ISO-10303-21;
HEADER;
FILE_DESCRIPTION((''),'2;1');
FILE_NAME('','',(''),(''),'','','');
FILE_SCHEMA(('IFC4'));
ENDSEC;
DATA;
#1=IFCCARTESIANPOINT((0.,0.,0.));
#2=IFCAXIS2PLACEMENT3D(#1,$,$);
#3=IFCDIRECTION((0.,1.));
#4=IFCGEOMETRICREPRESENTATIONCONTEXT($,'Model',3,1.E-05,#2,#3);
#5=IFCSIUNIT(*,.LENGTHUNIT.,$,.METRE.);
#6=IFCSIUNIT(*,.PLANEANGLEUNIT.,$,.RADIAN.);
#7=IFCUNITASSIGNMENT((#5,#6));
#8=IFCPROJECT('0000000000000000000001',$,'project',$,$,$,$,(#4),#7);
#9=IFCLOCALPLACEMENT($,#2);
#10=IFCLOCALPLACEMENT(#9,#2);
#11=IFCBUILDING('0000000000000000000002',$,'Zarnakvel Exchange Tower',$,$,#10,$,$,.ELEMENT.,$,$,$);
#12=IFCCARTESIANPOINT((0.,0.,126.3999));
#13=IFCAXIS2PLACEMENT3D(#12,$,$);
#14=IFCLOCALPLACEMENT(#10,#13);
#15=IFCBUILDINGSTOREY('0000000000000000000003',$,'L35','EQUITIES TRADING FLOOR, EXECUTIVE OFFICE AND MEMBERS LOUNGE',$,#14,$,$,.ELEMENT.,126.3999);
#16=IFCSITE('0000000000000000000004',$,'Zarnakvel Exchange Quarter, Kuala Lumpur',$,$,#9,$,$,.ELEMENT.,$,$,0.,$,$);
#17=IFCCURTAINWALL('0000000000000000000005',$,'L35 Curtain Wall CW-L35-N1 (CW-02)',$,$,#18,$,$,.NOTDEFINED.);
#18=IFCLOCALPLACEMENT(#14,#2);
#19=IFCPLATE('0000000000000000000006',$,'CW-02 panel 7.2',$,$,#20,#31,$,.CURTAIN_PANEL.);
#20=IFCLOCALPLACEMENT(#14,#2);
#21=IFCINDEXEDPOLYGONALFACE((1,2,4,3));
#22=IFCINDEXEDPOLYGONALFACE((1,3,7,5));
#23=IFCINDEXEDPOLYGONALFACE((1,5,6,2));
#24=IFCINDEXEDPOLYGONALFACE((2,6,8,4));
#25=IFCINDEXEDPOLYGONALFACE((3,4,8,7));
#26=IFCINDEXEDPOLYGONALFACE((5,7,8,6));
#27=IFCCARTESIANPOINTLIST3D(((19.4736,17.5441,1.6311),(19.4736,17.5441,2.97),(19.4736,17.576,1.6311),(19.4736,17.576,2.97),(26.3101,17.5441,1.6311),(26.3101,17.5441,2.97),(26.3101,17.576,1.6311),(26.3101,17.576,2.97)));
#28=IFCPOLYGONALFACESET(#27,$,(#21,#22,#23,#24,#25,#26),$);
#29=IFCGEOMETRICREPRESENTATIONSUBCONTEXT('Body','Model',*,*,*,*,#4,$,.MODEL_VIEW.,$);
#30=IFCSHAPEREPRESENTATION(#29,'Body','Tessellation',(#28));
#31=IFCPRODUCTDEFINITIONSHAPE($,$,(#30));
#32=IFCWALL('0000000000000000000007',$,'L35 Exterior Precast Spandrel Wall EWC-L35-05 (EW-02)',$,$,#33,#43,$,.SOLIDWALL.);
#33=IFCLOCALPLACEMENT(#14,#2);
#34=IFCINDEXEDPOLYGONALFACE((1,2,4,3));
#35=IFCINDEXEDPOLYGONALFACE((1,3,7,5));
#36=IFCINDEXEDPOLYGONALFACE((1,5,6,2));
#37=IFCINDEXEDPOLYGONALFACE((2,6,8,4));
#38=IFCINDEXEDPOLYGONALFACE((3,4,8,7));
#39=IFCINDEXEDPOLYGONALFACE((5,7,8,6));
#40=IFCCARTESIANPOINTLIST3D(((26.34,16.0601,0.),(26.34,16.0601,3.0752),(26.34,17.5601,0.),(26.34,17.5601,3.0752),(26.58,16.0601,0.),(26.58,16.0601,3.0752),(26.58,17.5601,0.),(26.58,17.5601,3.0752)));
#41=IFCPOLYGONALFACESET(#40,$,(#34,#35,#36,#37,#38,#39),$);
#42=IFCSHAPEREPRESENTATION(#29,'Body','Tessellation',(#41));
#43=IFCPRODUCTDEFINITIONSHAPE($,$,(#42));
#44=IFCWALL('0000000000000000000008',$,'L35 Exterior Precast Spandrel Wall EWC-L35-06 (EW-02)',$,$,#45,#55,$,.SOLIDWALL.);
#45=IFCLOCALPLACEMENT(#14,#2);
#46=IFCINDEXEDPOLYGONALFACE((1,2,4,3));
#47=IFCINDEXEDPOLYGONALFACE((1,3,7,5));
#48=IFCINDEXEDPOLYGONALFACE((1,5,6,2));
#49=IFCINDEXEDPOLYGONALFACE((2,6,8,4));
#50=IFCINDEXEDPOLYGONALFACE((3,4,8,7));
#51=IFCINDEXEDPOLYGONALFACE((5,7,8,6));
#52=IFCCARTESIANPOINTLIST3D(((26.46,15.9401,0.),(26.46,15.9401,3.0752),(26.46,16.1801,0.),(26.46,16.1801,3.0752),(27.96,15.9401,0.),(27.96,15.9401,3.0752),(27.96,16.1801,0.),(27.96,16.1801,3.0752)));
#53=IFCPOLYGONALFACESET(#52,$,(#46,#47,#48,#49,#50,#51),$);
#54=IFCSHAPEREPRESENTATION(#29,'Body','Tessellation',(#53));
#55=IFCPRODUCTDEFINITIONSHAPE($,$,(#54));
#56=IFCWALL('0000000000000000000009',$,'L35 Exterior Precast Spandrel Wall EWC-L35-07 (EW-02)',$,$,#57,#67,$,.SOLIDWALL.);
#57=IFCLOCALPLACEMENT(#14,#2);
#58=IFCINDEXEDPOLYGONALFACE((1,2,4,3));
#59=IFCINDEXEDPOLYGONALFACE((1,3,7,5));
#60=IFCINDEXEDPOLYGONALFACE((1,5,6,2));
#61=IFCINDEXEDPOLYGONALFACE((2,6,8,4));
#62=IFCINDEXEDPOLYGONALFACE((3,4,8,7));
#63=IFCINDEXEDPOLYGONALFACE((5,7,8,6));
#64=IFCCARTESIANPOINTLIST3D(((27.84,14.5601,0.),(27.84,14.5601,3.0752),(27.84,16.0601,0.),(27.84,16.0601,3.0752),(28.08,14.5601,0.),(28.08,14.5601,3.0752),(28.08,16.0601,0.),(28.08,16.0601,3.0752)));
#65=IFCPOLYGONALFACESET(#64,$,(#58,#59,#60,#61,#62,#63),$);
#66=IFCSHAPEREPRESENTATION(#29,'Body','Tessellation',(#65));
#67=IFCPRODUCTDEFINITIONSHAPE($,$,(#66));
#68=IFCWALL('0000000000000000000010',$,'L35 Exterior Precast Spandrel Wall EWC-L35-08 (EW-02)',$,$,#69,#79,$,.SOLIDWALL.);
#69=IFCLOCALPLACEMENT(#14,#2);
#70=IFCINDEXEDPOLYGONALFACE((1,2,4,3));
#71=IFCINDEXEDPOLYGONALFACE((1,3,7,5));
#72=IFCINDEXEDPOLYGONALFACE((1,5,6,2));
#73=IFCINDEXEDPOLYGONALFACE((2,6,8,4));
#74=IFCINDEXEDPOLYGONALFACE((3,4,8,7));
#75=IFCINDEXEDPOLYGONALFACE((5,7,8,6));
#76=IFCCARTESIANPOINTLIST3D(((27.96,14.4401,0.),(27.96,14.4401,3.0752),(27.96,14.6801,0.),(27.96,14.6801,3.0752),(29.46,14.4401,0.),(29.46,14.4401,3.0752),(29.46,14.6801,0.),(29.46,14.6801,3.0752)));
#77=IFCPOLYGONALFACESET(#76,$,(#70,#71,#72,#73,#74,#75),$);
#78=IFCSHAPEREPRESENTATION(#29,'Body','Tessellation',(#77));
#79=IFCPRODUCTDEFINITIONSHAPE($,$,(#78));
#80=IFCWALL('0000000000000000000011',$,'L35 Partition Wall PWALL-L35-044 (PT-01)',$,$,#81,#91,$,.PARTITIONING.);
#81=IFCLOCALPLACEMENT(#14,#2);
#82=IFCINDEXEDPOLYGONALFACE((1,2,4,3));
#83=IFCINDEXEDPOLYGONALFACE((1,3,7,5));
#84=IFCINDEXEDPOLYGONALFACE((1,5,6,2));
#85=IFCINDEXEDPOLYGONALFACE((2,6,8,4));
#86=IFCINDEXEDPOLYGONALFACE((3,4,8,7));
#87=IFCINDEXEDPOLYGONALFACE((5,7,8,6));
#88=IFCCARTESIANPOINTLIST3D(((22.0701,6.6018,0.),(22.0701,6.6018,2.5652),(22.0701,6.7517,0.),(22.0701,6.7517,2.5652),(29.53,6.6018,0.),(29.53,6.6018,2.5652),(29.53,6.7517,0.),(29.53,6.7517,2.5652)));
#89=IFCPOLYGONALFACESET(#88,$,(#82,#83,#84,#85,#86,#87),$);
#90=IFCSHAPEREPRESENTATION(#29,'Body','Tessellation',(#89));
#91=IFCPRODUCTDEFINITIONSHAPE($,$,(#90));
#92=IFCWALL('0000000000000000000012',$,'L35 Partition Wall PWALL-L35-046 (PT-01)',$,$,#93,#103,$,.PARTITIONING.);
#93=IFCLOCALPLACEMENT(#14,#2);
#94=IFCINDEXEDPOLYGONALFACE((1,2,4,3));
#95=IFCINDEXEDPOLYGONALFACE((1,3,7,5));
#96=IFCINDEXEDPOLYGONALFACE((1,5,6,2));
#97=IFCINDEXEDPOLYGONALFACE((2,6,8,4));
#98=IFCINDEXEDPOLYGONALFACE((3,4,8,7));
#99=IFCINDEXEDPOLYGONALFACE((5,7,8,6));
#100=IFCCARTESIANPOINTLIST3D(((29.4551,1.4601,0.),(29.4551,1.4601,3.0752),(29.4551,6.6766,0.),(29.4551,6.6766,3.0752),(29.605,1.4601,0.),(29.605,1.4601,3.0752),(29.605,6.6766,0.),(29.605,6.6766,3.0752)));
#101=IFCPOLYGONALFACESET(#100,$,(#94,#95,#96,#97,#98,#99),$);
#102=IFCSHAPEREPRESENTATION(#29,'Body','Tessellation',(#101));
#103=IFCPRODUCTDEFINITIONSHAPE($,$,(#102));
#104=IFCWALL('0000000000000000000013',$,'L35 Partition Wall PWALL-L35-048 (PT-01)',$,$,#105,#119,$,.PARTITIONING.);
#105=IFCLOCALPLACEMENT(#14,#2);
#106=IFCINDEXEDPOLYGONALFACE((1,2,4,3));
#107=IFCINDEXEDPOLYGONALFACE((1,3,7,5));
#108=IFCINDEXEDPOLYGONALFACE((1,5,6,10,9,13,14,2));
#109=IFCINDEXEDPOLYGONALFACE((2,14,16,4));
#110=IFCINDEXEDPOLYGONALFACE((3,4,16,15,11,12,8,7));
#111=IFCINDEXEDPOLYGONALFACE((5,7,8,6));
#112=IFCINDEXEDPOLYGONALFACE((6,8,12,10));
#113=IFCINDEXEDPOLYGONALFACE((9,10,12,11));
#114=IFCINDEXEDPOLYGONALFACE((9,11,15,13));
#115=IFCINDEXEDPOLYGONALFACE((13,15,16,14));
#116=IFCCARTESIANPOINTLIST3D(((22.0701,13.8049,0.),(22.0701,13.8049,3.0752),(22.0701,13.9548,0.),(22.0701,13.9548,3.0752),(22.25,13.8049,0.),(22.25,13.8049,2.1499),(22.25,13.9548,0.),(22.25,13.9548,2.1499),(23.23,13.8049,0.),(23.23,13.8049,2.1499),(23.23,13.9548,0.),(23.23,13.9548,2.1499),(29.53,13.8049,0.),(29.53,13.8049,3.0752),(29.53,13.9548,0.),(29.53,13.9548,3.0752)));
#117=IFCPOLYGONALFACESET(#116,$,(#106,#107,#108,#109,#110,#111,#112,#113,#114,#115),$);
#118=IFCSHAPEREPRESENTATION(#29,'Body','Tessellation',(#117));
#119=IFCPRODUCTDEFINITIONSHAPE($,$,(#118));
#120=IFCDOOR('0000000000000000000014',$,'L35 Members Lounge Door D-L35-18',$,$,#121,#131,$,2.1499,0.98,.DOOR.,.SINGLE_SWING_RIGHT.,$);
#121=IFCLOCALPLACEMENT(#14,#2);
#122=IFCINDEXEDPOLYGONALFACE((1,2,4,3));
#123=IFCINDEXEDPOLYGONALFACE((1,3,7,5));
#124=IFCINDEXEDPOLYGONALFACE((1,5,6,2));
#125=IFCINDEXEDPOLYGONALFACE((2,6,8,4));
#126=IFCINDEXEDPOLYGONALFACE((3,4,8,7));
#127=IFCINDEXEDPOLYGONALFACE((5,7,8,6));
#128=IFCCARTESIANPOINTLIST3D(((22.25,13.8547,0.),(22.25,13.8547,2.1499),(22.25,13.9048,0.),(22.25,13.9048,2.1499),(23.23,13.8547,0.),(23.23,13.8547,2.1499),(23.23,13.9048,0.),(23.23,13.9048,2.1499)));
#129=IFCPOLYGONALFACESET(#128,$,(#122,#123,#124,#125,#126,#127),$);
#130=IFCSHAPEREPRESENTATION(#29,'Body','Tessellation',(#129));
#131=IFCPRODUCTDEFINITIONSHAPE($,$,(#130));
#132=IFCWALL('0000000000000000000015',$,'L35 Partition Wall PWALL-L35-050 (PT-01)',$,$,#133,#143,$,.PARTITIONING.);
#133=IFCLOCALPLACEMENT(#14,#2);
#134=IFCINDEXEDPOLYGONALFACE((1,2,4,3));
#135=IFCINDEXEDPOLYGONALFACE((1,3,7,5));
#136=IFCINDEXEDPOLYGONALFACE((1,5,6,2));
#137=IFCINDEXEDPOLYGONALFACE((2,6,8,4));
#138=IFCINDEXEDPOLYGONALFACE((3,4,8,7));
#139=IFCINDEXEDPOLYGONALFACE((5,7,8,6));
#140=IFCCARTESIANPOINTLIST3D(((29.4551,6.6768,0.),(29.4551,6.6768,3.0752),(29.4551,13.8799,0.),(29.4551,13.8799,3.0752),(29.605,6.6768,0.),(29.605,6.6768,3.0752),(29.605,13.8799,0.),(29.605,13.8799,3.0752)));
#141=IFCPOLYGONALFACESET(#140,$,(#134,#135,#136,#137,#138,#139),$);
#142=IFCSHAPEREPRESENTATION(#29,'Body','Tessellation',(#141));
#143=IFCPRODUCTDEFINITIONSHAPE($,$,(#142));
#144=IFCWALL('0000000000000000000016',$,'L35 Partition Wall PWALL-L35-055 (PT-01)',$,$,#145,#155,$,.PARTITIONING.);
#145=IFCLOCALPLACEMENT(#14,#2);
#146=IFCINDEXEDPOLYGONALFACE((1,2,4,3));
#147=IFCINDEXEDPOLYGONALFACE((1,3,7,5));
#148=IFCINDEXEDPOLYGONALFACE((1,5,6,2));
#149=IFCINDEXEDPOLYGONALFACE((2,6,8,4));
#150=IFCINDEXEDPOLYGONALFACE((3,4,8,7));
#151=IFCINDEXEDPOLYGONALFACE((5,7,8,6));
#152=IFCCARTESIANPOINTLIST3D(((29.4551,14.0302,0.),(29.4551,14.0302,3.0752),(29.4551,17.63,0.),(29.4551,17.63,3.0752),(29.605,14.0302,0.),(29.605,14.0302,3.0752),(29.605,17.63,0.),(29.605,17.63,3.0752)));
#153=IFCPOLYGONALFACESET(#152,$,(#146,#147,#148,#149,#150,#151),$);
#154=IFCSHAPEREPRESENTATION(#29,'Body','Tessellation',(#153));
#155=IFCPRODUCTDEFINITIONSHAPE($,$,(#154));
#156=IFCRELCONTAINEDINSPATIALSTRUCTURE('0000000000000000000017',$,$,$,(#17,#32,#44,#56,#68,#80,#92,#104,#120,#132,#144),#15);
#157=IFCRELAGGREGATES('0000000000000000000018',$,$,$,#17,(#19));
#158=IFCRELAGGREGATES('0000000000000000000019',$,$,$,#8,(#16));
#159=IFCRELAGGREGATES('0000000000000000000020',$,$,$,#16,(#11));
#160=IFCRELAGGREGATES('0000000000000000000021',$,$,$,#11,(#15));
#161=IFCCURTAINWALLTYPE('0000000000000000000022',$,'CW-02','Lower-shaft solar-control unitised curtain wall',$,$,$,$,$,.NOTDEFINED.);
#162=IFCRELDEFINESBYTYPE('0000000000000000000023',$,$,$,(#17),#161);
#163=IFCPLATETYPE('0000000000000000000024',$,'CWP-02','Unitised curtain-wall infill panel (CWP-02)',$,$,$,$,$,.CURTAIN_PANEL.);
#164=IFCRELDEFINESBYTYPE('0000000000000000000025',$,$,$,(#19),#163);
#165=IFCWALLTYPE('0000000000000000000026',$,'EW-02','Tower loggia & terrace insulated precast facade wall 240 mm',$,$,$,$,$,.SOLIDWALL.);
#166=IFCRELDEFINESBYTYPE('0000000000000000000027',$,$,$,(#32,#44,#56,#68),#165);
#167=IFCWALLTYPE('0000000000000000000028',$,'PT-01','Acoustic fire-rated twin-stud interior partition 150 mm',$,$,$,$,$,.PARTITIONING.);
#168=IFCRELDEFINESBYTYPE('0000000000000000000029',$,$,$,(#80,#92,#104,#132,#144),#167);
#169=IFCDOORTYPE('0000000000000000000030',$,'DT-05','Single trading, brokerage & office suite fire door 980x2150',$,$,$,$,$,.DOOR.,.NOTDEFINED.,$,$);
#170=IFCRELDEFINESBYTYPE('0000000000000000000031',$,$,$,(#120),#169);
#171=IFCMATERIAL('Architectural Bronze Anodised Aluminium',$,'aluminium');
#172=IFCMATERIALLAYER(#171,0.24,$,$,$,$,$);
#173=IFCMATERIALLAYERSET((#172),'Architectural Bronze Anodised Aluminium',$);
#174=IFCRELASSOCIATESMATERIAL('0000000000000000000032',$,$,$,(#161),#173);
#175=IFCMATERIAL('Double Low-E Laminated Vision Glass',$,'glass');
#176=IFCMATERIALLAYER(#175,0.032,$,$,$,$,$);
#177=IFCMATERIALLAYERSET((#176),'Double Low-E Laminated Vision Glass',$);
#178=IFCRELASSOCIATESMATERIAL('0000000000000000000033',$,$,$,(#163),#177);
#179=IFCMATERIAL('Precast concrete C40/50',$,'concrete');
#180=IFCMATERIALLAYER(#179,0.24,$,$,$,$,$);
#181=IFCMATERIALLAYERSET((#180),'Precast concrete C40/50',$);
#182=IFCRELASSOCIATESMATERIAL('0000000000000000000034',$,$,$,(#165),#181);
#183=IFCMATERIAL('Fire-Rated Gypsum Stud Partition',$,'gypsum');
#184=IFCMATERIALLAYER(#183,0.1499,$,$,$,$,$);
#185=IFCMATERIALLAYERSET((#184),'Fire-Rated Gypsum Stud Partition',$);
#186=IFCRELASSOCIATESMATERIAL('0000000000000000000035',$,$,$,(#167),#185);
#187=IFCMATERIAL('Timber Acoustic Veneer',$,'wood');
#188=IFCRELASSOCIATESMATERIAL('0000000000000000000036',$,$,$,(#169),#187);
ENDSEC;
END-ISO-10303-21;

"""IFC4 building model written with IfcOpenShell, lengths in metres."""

from ifc_helpers import new_model, si_unit, direction, frame, frame_2d, origin, origin_2d, place, context, subcontext, project, spatial, rectangle, extrude, source, transform, mapped, material, layer, layer_set, type_object, element, fill, aggregate, save


model = new_model("IFC4")

# Units and contexts
model_context = context("Model", 3, precision=1e-05, world=origin(), true_north=direction((0.0, 1.0)))
body_context = subcontext(model_context, "Body", "Model", "MODEL_VIEW")
ifc_project = project(units=[si_unit("LENGTHUNIT", "METRE"), si_unit("PLANEANGLEUNIT", "RADIAN")], contexts=[model_context])

# Site, building, storey
site_placement = place(None, origin())
site = spatial("IfcSite", under=ifc_project, at=site_placement, Name="Zarnakvel Exchange Quarter, Kuala Lumpur", CompositionType="ELEMENT", RefElevation=0.0)
building_placement = place(site_placement, origin())
building = spatial("IfcBuilding", under=site, at=building_placement, Name="Zarnakvel Exchange Tower", CompositionType="ELEMENT")
storey_placement = place(building_placement, frame((0.0, 0.0, 126.3999)))
storey = spatial("IfcBuildingStorey", under=building, at=storey_placement, Name="L35", Description="EQUITIES TRADING FLOOR, EXECUTIVE OFFICE AND MEMBERS LOUNGE", CompositionType="ELEMENT", Elevation=126.3999)

# Curtain wall
ifc_material_1 = material(Name="Architectural Bronze Anodised Aluminium", Category="aluminium")
ifc_layer_1 = layer(ifc_material_1, 0.24)
ifc_layer_set_1 = layer_set([ifc_layer_1], Name="Architectural Bronze Anodised Aluminium")
curtain_wall_type_1 = type_object("IfcCurtainWallType", Name="CW-02", Description="Lower-shaft solar-control unitised curtain wall", PredefinedType="NOTDEFINED", material=ifc_layer_set_1)
curtain_wall_1_placement = place(storey_placement, origin())
curtain_wall_1 = element("IfcCurtainWall", 1, at=curtain_wall_1_placement, inside=storey, type_object=curtain_wall_type_1, Name="L35 Curtain Wall CW-L35-N1 (CW-02)", PredefinedType="NOTDEFINED")

# Shared definitions
ifc_material_2 = material(Name="Double Low-E Laminated Vision Glass", Category="glass")

# Plate
ifc_layer_2 = layer(ifc_material_2, 0.032)
ifc_layer_set_2 = layer_set([ifc_layer_2], Name="Double Low-E Laminated Vision Glass")
plate_type_1 = type_object("IfcPlateType", Name="CWP-02", Description="Unitised curtain-wall infill panel (CWP-02)", PredefinedType="CURTAIN_PANEL", material=ifc_layer_set_2)
shared_shape_1 = source(origin(), body_context, "Body", "SweptSolid", [
    extrude(rectangle(XDim=6.8364, YDim=0.032, at=origin_2d()), origin(), (0.0, 0.0, 1.0), 1.3389),
])
plate_1_placement = place(storey_placement, frame((22.8918, 17.5601, 1.6311), z_axis=(0.0, 0.0, 1.0), x_axis=(1.0, 0.0, 0.0)))
plate_1 = element("IfcPlate", 2, at=plate_1_placement, type_object=plate_type_1, Name="CW-02 panel 7.2", PredefinedType="CURTAIN_PANEL", context=body_context, shape_type="MappedRepresentation", body=[
    mapped(shared_shape_1, transform((0.0, 0.0, 0.0), x_axis=(1.0, 0.0, 0.0), y_axis=(0.0, 1.0, 0.0), z_axis=(0.0, 0.0, 1.0), scale=1.0)),
])
aggregate(curtain_wall_1, [plate_1])

# Walls
ifc_material_3 = material(Name="Precast concrete C40/50", Category="concrete")
ifc_layer_3 = layer(ifc_material_3, 0.24)
ifc_layer_set_3 = layer_set([ifc_layer_3], Name="Precast concrete C40/50")
wall_type_1 = type_object("IfcWallType", Name="EW-02", Description="Tower loggia & terrace insulated precast facade wall 240 mm", PredefinedType="SOLIDWALL", material=ifc_layer_set_3)
for number, where, z_axis, x_axis, name in (
    (3, (26.46, 16.0601, 0.0), (0.0, 0.0, 1.0), (0.0, 1.0, 0.0), "L35 Exterior Precast Spandrel Wall EWC-L35-05 (EW-02)"),
    (4, (27.96, 16.0601, 0.0), (0.0, 0.0, 1.0), (-1.0, 0.0, 0.0), "L35 Exterior Precast Spandrel Wall EWC-L35-06 (EW-02)"),
    (5, (27.96, 14.5601, 0.0), (0.0, 0.0, 1.0), (0.0, 1.0, 0.0), "L35 Exterior Precast Spandrel Wall EWC-L35-07 (EW-02)"),
    (6, (29.46, 14.5601, 0.0), (0.0, 0.0, 1.0), (-1.0, 0.0, 0.0), "L35 Exterior Precast Spandrel Wall EWC-L35-08 (EW-02)"),
):
    element("IfcWall", number, at=place(storey_placement, frame(where, z_axis=z_axis, x_axis=x_axis)), inside=storey, type_object=wall_type_1, Name=name, PredefinedType="SOLIDWALL", context=body_context, shape_type="SweptSolid", body=[
        extrude(rectangle(XDim=1.5, YDim=0.24, at=frame_2d((0.75, 0.0))), origin(), (0.0, 0.0, 1.0), 3.0752),
    ])
ifc_material_4 = material(Name="Fire-Rated Gypsum Stud Partition", Category="gypsum")
ifc_layer_4 = layer(ifc_material_4, 0.1499)
ifc_layer_set_4 = layer_set([ifc_layer_4], Name="Fire-Rated Gypsum Stud Partition")
wall_type_2 = type_object("IfcWallType", Name="PT-01", Description="Acoustic fire-rated twin-stud interior partition 150 mm", PredefinedType="PARTITIONING", material=ifc_layer_set_4)
wall_1_placement = place(storey_placement, frame((22.0701, 6.6768, 0.0), z_axis=(0.0, 0.0, 1.0), x_axis=(1.0, 0.0, 0.0)))
element("IfcWall", 7, at=wall_1_placement, inside=storey, type_object=wall_type_2, Name="L35 Partition Wall PWALL-L35-044 (PT-01)", PredefinedType="PARTITIONING", context=body_context, shape_type="SweptSolid", body=[
    extrude(rectangle(XDim=7.46, YDim=0.1499, at=frame_2d((3.73, 0.0))), origin(), (0.0, 0.0, 1.0), 2.5652),
])
wall_2_placement = place(storey_placement, frame((29.53, 6.6768, 0.0), z_axis=(0.0, 0.0, 1.0), x_axis=(0.0, -1.0, 0.0)))
element("IfcWall", 8, at=wall_2_placement, inside=storey, type_object=wall_type_2, Name="L35 Partition Wall PWALL-L35-046 (PT-01)", PredefinedType="PARTITIONING", context=body_context, shape_type="SweptSolid", body=[
    extrude(rectangle(XDim=5.2166, YDim=0.1499, at=frame_2d((2.6084, 0.0))), origin(), (0.0, 0.0, 1.0), 3.0752),
])

# Wall, opening, door
wall_3_placement = place(storey_placement, frame((22.0701, 13.8799, 0.0), z_axis=(0.0, 0.0, 1.0), x_axis=(1.0, 0.0, 0.0)))
wall_3 = element("IfcWall", 9, at=wall_3_placement, inside=storey, type_object=wall_type_2, Name="L35 Partition Wall PWALL-L35-048 (PT-01)", PredefinedType="PARTITIONING", context=body_context, shape_type="SweptSolid", body=[
    extrude(rectangle(XDim=7.46, YDim=0.1499, at=frame_2d((3.73, 0.0))), origin(), (0.0, 0.0, 1.0), 3.0752),
])
opening_placement = place(wall_3_placement, frame((0.1799, 0.0, 0.0)))
opening = element("IfcOpeningElement", 10, at=opening_placement, cuts=wall_3, PredefinedType="OPENING", context=body_context, shape_type="SweptSolid", body=[
    extrude(rectangle(XDim=0.98, YDim=2.1499, at=frame_2d((0.49, 1.075))), frame((0.0, 0.085, 0.0), z_axis=(0.0, -1.0, 0.0), x_axis=(1.0, 0.0, 0.0)), (0.0, 0.0, 1.0), 0.1699),
])
ifc_material_5 = material(Name="Timber Acoustic Veneer", Category="wood")
door_type = type_object("IfcDoorType", Name="DT-05", Description="Single trading, brokerage & office suite fire door 980x2150", OperationType="NOTDEFINED", PredefinedType="DOOR", material=ifc_material_5)
shared_shape_2 = source(origin(), body_context, "Body", "SweptSolid", [
    extrude(rectangle(XDim=0.98, YDim=2.1499, at=frame_2d((0.49, 1.075))), frame((0.0, 0.0249, 0.0), z_axis=(0.0, -1.0, 0.0), x_axis=(1.0, 0.0, 0.0)), (0.0, 0.0, 1.0), 0.05),
])
door_placement = place(opening_placement, origin())
door = element("IfcDoor", 11, at=door_placement, inside=storey, type_object=door_type, Name="L35 Members Lounge Door D-L35-18", OperationType="SINGLE_SWING_RIGHT", OverallHeight=2.1499, OverallWidth=0.98, PredefinedType="DOOR", context=body_context, shape_type="MappedRepresentation", body=[
    mapped(shared_shape_2, transform((0.0, 0.0, 0.0), x_axis=(1.0, 0.0, 0.0), y_axis=(0.0, 1.0, 0.0), z_axis=(0.0, 0.0, 1.0), scale=1.0)),
])
fill(opening, door)

# Walls
wall_4_placement = place(storey_placement, frame((29.53, 13.8799, 0.0), z_axis=(0.0, 0.0, 1.0), x_axis=(0.0, -1.0, 0.0)))
element("IfcWall", 12, at=wall_4_placement, inside=storey, type_object=wall_type_2, Name="L35 Partition Wall PWALL-L35-050 (PT-01)", PredefinedType="PARTITIONING", context=body_context, shape_type="SweptSolid", body=[
    extrude(rectangle(XDim=7.2031, YDim=0.1499, at=frame_2d((3.6016, 0.0))), origin(), (0.0, 0.0, 1.0), 3.0752),
])
wall_5_placement = place(storey_placement, frame((29.53, 17.6299, 0.0), z_axis=(0.0, 0.0, 1.0), x_axis=(0.0, -1.0, 0.0)))
element("IfcWall", 13, at=wall_5_placement, inside=storey, type_object=wall_type_2, Name="L35 Partition Wall PWALL-L35-055 (PT-01)", PredefinedType="PARTITIONING", context=body_context, shape_type="SweptSolid", body=[
    extrude(rectangle(XDim=3.5999, YDim=0.1499, at=frame_2d((1.7998, 0.0))), origin(), (0.0, 0.0, 1.0), 3.0752),
])

save(model, "model.ifc")
